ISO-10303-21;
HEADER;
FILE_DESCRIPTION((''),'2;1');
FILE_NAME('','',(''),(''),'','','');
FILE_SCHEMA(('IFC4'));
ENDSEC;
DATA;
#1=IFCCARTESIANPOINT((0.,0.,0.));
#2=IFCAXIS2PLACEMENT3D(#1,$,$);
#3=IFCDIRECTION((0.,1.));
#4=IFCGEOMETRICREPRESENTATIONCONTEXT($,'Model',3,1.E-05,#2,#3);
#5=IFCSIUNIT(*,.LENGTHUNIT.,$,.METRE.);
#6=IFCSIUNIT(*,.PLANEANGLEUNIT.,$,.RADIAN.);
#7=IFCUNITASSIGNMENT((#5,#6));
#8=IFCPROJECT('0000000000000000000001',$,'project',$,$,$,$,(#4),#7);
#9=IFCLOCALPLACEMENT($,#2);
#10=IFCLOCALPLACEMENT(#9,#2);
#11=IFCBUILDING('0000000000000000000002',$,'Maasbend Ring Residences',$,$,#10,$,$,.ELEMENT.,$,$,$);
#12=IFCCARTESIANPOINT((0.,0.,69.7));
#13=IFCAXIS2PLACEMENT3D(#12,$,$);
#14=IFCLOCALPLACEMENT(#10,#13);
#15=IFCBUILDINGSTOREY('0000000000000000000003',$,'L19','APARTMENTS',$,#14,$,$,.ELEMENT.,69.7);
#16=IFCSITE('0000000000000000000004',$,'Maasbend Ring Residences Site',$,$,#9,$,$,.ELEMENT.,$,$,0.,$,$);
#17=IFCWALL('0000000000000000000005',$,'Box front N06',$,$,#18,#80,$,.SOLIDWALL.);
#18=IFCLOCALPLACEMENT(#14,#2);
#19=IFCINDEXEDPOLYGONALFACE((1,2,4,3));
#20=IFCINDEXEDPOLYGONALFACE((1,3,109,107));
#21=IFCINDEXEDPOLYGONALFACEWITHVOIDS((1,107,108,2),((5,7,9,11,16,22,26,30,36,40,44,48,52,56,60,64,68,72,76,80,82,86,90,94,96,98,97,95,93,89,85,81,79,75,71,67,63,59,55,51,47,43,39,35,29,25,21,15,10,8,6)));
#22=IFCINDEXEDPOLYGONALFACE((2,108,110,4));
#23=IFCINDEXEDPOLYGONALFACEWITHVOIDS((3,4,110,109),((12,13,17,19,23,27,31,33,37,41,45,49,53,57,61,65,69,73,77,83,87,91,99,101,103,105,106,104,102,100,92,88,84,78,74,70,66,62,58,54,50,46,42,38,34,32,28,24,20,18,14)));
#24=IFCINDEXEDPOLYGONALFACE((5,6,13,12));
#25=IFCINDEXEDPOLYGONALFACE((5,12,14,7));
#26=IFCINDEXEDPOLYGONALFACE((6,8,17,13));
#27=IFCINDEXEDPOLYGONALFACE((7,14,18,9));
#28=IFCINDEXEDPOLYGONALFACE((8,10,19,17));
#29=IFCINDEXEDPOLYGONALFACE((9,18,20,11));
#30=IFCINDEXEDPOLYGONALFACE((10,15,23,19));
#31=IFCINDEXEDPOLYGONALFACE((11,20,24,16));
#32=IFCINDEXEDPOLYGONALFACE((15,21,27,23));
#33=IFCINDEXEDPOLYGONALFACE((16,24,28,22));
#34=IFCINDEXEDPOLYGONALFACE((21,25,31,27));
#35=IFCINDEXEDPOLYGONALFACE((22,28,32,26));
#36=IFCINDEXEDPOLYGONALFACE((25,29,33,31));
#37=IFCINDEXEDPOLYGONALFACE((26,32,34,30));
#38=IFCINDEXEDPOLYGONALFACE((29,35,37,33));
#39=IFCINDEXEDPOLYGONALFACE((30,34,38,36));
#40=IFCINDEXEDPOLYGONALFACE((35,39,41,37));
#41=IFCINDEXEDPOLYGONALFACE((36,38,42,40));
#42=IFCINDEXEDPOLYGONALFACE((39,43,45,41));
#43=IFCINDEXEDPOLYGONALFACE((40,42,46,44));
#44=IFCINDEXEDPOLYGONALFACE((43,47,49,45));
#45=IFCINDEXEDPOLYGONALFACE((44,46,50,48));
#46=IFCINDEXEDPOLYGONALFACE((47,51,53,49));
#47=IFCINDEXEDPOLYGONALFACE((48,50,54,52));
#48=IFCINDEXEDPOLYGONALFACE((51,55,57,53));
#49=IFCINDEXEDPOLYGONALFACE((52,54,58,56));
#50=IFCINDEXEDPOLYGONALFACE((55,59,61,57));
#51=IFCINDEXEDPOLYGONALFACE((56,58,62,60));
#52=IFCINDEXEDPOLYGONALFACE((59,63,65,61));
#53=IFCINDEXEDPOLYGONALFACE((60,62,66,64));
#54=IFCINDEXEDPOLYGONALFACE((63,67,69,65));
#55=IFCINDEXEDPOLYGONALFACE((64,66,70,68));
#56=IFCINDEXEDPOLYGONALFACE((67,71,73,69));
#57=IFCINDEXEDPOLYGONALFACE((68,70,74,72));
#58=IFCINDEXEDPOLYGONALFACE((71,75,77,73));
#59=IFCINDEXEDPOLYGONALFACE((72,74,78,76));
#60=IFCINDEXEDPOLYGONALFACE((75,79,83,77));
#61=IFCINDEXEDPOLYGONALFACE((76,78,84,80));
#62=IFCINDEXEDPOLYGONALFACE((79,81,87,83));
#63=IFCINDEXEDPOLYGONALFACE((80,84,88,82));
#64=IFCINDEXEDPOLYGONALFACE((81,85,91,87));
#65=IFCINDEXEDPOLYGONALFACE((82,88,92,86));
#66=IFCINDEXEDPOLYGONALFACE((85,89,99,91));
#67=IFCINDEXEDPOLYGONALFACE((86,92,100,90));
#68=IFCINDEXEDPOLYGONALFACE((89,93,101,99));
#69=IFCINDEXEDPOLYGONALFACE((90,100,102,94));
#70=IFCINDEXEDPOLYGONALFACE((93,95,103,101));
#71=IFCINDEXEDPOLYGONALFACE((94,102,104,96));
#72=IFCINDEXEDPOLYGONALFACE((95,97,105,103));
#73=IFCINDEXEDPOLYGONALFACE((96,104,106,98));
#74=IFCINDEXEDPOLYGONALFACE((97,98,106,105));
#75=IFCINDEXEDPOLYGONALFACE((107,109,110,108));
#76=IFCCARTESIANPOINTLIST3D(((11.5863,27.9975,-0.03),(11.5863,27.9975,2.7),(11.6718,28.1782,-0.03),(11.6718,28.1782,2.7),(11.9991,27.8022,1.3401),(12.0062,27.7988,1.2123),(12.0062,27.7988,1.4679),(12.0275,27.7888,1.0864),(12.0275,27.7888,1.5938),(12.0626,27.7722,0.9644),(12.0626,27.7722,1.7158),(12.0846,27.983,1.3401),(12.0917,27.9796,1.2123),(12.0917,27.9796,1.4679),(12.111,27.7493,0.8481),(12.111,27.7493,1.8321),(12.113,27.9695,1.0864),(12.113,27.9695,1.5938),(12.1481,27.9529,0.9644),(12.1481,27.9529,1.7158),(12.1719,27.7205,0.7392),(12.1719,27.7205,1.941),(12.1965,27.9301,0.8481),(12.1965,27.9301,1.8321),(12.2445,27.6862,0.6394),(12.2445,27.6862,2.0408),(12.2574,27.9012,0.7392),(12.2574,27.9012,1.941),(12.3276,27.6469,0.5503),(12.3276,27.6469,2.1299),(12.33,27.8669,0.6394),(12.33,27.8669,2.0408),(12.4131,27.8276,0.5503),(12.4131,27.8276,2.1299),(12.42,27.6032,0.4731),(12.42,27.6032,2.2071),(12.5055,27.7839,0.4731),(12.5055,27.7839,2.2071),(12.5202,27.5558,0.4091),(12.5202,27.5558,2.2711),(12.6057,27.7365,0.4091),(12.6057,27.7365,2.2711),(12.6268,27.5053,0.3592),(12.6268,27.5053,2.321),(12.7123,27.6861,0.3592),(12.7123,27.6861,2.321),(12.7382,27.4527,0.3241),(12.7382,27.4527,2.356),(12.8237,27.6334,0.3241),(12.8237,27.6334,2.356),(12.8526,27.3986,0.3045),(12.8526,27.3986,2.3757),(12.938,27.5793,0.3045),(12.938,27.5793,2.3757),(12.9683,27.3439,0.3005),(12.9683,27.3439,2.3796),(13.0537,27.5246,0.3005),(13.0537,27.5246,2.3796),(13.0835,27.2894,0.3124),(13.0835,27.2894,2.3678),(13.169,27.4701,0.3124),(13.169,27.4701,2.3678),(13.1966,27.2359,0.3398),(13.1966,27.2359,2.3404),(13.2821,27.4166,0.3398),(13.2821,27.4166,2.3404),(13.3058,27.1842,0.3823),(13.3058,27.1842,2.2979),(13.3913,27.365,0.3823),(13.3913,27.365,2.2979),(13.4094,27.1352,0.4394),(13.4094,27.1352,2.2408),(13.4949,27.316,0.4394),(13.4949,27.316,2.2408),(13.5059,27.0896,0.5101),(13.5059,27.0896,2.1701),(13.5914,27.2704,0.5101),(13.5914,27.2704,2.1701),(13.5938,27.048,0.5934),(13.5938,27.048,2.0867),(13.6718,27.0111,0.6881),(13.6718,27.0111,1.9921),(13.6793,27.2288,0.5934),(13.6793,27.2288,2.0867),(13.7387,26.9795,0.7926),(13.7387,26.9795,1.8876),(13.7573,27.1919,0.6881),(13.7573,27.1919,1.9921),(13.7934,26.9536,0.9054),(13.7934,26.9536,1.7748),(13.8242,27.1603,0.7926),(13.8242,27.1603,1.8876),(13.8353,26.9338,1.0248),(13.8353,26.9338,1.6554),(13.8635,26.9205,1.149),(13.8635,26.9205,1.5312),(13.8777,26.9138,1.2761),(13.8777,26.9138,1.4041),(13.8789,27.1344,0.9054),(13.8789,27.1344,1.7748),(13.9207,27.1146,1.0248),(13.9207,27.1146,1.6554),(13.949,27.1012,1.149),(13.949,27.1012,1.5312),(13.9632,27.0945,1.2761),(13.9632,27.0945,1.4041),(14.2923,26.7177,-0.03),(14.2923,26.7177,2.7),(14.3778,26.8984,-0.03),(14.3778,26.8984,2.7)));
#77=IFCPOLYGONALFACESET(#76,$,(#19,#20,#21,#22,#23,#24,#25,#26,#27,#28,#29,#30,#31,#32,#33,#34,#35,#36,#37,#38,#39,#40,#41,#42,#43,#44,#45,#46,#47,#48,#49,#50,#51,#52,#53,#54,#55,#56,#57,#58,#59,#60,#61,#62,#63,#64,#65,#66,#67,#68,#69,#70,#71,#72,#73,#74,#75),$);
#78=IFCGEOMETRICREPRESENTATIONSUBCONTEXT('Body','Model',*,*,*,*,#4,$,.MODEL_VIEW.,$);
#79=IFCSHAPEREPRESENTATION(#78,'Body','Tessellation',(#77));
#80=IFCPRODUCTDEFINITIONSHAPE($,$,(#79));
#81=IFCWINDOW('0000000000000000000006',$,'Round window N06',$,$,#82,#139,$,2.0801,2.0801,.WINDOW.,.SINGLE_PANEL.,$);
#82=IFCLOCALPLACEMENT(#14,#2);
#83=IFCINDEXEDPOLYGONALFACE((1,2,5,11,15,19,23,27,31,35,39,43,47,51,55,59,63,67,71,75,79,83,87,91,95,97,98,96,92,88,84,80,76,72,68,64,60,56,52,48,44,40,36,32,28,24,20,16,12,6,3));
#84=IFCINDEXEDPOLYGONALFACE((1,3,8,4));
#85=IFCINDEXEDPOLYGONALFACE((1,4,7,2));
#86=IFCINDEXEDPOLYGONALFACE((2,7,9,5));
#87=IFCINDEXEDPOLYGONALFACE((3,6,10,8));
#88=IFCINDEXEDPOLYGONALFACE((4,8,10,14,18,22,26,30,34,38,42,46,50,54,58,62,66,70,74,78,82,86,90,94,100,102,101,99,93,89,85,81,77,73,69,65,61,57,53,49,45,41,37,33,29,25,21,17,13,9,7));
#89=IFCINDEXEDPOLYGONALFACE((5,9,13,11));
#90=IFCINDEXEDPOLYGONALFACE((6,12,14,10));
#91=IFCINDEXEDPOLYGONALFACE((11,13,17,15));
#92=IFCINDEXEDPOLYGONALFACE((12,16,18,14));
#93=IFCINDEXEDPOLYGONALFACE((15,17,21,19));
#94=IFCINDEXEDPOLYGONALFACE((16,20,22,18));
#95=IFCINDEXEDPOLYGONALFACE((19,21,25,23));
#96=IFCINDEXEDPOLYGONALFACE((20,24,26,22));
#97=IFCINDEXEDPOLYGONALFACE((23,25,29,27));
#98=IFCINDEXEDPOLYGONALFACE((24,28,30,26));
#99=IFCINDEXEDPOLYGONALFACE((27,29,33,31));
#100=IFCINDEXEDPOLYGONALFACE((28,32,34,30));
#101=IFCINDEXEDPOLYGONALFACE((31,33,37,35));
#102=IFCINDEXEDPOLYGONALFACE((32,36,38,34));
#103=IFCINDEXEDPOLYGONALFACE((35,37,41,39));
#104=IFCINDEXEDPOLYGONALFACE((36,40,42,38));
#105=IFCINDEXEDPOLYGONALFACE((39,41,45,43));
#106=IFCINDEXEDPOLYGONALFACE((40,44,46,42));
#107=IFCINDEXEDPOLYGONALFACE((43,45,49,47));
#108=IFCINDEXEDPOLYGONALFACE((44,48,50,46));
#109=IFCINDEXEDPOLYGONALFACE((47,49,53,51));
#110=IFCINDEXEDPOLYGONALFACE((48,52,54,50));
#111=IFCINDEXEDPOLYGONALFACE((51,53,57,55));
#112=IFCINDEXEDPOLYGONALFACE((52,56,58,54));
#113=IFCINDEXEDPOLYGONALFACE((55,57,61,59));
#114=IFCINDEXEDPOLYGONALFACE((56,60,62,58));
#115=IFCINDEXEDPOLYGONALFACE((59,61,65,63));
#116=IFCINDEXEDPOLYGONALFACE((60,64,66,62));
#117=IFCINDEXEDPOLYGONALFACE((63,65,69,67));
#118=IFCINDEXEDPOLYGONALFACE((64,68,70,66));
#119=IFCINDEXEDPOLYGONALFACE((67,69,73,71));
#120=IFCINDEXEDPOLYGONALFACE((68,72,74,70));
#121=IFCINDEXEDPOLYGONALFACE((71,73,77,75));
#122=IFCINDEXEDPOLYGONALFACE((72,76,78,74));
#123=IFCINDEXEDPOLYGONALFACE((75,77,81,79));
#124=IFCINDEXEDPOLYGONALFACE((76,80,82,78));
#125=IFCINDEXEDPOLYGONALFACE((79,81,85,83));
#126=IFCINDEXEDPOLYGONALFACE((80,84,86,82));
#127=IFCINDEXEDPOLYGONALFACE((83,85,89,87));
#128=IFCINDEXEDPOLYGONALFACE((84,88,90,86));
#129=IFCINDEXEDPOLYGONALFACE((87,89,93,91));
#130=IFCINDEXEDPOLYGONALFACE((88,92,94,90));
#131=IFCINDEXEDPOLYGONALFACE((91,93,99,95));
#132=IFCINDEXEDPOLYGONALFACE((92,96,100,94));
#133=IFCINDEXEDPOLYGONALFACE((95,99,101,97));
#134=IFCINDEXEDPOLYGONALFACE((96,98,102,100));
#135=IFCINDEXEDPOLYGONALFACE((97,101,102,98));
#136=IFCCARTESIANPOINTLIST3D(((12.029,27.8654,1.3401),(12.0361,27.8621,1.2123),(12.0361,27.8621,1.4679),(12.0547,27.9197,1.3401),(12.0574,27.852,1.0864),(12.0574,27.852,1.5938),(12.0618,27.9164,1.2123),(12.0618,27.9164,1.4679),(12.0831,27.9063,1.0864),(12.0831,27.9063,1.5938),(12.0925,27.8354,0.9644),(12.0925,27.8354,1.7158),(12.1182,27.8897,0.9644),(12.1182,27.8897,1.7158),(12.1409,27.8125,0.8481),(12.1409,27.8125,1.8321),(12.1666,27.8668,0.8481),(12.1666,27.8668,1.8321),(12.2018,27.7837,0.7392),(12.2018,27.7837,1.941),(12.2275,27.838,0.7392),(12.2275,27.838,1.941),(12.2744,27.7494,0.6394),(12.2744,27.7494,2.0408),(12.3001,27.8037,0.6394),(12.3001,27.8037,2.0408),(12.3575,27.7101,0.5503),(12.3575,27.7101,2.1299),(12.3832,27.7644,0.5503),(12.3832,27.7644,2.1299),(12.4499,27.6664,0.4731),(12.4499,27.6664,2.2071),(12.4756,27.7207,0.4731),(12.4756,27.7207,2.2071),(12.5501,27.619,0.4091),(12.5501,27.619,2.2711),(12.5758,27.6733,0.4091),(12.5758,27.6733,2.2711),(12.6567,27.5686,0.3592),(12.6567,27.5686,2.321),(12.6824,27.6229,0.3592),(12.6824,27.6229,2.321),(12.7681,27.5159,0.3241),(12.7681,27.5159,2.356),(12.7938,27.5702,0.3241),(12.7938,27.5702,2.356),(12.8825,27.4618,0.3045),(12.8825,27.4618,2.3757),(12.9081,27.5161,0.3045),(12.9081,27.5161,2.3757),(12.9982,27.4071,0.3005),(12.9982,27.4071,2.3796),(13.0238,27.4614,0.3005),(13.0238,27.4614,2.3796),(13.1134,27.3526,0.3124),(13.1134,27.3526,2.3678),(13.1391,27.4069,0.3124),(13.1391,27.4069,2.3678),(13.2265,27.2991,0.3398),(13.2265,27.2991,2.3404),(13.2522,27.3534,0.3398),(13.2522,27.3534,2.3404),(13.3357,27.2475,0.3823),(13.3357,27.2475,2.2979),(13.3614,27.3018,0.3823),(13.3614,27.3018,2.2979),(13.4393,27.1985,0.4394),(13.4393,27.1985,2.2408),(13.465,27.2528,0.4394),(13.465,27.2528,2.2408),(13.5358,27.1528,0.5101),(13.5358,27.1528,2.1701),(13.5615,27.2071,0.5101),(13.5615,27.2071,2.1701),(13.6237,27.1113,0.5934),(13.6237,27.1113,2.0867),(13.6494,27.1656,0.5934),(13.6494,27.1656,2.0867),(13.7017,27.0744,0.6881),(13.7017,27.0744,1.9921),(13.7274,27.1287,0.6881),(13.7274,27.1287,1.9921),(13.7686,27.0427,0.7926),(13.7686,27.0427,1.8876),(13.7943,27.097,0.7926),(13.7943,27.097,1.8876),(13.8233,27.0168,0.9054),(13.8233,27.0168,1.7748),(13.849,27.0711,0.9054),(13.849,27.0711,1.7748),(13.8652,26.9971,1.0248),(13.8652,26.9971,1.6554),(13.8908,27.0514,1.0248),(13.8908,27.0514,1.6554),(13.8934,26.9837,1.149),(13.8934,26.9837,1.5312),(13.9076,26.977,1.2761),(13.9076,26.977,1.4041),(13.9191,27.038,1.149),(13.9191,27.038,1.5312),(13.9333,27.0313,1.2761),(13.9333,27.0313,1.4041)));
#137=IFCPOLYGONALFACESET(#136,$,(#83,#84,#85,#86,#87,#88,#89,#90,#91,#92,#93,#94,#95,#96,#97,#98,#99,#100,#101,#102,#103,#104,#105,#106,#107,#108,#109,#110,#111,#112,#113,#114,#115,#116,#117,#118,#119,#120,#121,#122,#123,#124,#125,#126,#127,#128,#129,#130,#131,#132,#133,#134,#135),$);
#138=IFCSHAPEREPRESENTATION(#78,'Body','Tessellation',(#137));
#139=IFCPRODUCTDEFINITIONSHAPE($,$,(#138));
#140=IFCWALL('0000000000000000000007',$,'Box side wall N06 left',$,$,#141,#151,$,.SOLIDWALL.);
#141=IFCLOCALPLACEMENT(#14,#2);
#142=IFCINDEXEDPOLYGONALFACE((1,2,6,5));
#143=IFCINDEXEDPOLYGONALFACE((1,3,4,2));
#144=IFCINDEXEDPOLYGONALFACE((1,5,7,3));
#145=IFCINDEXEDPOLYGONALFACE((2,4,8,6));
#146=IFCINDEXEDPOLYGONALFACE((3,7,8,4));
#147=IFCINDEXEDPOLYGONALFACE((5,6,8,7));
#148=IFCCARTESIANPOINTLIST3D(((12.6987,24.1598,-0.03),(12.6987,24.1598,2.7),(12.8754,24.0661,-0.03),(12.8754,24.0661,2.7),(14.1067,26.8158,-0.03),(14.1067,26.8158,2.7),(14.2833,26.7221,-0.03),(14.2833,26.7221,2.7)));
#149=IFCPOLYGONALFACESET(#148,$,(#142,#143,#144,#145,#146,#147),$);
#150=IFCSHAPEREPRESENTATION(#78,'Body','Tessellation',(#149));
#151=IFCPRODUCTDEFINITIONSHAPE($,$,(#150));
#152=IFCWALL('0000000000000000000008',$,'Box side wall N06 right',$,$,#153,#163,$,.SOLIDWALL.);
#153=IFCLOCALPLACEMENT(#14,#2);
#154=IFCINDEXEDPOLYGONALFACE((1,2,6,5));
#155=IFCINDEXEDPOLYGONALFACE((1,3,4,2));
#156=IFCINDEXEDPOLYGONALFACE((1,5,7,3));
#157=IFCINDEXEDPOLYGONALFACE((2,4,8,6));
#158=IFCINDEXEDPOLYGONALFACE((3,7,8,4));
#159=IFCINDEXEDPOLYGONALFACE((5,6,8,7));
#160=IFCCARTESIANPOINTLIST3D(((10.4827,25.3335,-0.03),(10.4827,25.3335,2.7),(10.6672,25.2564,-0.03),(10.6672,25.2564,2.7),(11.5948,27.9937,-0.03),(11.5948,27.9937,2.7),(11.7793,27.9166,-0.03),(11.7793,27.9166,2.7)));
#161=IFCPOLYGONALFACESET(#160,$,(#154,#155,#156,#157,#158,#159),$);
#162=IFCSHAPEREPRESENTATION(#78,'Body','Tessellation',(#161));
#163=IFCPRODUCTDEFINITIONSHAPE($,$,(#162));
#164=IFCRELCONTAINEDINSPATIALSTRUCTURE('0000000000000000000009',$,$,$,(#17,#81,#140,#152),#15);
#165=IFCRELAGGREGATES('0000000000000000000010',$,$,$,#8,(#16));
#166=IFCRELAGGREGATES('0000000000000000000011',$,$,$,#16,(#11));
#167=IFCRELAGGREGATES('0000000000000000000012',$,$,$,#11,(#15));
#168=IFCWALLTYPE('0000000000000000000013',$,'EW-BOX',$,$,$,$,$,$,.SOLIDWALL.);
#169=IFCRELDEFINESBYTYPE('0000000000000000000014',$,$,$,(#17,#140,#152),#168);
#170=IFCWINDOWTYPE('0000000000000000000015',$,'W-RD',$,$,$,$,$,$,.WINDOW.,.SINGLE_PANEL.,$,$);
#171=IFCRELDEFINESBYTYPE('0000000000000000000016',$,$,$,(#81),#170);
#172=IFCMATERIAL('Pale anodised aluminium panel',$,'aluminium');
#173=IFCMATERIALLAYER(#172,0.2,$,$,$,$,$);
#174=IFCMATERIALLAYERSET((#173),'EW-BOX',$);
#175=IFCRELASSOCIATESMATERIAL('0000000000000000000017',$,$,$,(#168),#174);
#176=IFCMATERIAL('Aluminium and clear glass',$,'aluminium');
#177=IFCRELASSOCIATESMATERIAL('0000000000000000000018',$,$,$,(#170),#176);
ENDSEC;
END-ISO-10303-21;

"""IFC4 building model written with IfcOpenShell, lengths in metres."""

from ifc_helpers import new_model, si_unit, direction, frame, frame_2d, origin, place, context, subcontext, project, spatial, rectangle, circle, extrude, material, layer, layer_set, type_object, element, fill, save


model = new_model("IFC4")

# Units and contexts
model_context = context("Model", 3, precision=1e-05, world=origin(), true_north=direction((0.0, 1.0)))
body_context = subcontext(model_context, "Body", "Model", "MODEL_VIEW")
ifc_project = project(units=[si_unit("LENGTHUNIT", "METRE"), si_unit("PLANEANGLEUNIT", "RADIAN")], contexts=[model_context])

# Site, building, storey
site_placement = place(None, origin())
site = spatial("IfcSite", under=ifc_project, at=site_placement, Name="Maasbend Ring Residences Site", CompositionType="ELEMENT", RefElevation=0.0)
building_placement = place(site_placement, origin())
building = spatial("IfcBuilding", under=site, at=building_placement, Name="Maasbend Ring Residences", CompositionType="ELEMENT")
storey_placement = place(building_placement, frame((0.0, 0.0, 69.7)))
storey = spatial("IfcBuildingStorey", under=building, at=storey_placement, Name="L19", Description="APARTMENTS", CompositionType="ELEMENT", Elevation=69.7)

# Shared definitions
ifc_material_1 = material(Name="Pale anodised aluminium panel", Category="aluminium")
ifc_layer_1 = layer(ifc_material_1, 0.2)
ifc_layer_set_1 = layer_set([ifc_layer_1], Name="EW-BOX")
wall_type_1 = type_object("IfcWallType", Name="EW-BOX", PredefinedType="SOLIDWALL", material=ifc_layer_set_1)
ifc_material_2 = material(Name="Aluminium and clear glass", Category="aluminium")
window_type_1 = type_object("IfcWindowType", Name="W-RD", PartitioningType="SINGLE_PANEL", PredefinedType="WINDOW", material=ifc_material_2)

# Wall, opening, window
wall_1_placement = place(storey_placement, frame((14.335, 26.8081, -0.03), z_axis=(0.0, 0.0, 1.0), x_axis=(-0.904, 0.427532, 0.0)))
wall_1 = element("IfcWall", 1, at=wall_1_placement, inside=storey, type_object=wall_type_1, Name="Box front N06", PredefinedType="SOLIDWALL", context=body_context, shape_type="SweptSolid", body=[
    extrude(rectangle(XDim=2.9934, YDim=0.2, at=frame_2d((1.4966, 0.0))), origin(), (0.0, 0.0, 1.0), 2.73),
])
opening_1_placement = place(wall_1_placement, frame((0.4565, 0.0, 0.3301)))
opening_1 = element("IfcOpeningElement", 2, at=opening_1_placement, cuts=wall_1, PredefinedType="OPENING", context=body_context, shape_type="SweptSolid", body=[
    extrude(circle(Radius=1.04, at=frame_2d((1.04, 1.04))), frame((0.0, 0.1099, 0.0), z_axis=(0.0, -1.0, 0.0), x_axis=(1.0, 0.0, 0.0)), (0.0, 0.0, 1.0), 0.22),
])
window_1_placement = place(opening_1_placement, origin())
window_1 = element("IfcWindow", 3, at=window_1_placement, inside=storey, type_object=window_type_1, Name="Round window N06", OverallHeight=2.0801, OverallWidth=2.0801, PartitioningType="SINGLE_PANEL", PredefinedType="WINDOW", context=body_context, shape_type="SweptSolid", body=[
    extrude(circle(Radius=1.04, at=frame_2d((1.04, 1.04))), frame((0.0, 0.03, 0.0), z_axis=(0.0, -1.0, 0.0), x_axis=(1.0, 0.0, 0.0)), (0.0, 0.0, 1.0), 0.0601),
])
fill(opening_1, window_1)

# Walls
wall_2_placement = place(storey_placement, frame((12.7871, 24.113, -0.03), z_axis=(0.0, 0.0, 1.0), x_axis=(0.468365, 0.883535, 0.0)))
element("IfcWall", 4, at=wall_2_placement, inside=storey, type_object=wall_type_1, Name="Box side wall N06 left", PredefinedType="SOLIDWALL", context=body_context, shape_type="SweptSolid", body=[
    extrude(rectangle(XDim=3.0061, YDim=0.2, at=frame_2d((1.5029, 0.0))), origin(), (0.0, 0.0, 1.0), 2.73),
])
wall_3_placement = place(storey_placement, frame((10.575, 25.2949, -0.03), z_axis=(0.0, 0.0, 1.0), x_axis=(0.385697, 0.922625, 0.0)))
element("IfcWall", 5, at=wall_3_placement, inside=storey, type_object=wall_type_1, Name="Box side wall N06 right", PredefinedType="SOLIDWALL", context=body_context, shape_type="SweptSolid", body=[
    extrude(rectangle(XDim=2.8833, YDim=0.2, at=frame_2d((1.4417, 0.0))), origin(), (0.0, 0.0, 1.0), 2.73),
])

save(model, "model.ifc")
